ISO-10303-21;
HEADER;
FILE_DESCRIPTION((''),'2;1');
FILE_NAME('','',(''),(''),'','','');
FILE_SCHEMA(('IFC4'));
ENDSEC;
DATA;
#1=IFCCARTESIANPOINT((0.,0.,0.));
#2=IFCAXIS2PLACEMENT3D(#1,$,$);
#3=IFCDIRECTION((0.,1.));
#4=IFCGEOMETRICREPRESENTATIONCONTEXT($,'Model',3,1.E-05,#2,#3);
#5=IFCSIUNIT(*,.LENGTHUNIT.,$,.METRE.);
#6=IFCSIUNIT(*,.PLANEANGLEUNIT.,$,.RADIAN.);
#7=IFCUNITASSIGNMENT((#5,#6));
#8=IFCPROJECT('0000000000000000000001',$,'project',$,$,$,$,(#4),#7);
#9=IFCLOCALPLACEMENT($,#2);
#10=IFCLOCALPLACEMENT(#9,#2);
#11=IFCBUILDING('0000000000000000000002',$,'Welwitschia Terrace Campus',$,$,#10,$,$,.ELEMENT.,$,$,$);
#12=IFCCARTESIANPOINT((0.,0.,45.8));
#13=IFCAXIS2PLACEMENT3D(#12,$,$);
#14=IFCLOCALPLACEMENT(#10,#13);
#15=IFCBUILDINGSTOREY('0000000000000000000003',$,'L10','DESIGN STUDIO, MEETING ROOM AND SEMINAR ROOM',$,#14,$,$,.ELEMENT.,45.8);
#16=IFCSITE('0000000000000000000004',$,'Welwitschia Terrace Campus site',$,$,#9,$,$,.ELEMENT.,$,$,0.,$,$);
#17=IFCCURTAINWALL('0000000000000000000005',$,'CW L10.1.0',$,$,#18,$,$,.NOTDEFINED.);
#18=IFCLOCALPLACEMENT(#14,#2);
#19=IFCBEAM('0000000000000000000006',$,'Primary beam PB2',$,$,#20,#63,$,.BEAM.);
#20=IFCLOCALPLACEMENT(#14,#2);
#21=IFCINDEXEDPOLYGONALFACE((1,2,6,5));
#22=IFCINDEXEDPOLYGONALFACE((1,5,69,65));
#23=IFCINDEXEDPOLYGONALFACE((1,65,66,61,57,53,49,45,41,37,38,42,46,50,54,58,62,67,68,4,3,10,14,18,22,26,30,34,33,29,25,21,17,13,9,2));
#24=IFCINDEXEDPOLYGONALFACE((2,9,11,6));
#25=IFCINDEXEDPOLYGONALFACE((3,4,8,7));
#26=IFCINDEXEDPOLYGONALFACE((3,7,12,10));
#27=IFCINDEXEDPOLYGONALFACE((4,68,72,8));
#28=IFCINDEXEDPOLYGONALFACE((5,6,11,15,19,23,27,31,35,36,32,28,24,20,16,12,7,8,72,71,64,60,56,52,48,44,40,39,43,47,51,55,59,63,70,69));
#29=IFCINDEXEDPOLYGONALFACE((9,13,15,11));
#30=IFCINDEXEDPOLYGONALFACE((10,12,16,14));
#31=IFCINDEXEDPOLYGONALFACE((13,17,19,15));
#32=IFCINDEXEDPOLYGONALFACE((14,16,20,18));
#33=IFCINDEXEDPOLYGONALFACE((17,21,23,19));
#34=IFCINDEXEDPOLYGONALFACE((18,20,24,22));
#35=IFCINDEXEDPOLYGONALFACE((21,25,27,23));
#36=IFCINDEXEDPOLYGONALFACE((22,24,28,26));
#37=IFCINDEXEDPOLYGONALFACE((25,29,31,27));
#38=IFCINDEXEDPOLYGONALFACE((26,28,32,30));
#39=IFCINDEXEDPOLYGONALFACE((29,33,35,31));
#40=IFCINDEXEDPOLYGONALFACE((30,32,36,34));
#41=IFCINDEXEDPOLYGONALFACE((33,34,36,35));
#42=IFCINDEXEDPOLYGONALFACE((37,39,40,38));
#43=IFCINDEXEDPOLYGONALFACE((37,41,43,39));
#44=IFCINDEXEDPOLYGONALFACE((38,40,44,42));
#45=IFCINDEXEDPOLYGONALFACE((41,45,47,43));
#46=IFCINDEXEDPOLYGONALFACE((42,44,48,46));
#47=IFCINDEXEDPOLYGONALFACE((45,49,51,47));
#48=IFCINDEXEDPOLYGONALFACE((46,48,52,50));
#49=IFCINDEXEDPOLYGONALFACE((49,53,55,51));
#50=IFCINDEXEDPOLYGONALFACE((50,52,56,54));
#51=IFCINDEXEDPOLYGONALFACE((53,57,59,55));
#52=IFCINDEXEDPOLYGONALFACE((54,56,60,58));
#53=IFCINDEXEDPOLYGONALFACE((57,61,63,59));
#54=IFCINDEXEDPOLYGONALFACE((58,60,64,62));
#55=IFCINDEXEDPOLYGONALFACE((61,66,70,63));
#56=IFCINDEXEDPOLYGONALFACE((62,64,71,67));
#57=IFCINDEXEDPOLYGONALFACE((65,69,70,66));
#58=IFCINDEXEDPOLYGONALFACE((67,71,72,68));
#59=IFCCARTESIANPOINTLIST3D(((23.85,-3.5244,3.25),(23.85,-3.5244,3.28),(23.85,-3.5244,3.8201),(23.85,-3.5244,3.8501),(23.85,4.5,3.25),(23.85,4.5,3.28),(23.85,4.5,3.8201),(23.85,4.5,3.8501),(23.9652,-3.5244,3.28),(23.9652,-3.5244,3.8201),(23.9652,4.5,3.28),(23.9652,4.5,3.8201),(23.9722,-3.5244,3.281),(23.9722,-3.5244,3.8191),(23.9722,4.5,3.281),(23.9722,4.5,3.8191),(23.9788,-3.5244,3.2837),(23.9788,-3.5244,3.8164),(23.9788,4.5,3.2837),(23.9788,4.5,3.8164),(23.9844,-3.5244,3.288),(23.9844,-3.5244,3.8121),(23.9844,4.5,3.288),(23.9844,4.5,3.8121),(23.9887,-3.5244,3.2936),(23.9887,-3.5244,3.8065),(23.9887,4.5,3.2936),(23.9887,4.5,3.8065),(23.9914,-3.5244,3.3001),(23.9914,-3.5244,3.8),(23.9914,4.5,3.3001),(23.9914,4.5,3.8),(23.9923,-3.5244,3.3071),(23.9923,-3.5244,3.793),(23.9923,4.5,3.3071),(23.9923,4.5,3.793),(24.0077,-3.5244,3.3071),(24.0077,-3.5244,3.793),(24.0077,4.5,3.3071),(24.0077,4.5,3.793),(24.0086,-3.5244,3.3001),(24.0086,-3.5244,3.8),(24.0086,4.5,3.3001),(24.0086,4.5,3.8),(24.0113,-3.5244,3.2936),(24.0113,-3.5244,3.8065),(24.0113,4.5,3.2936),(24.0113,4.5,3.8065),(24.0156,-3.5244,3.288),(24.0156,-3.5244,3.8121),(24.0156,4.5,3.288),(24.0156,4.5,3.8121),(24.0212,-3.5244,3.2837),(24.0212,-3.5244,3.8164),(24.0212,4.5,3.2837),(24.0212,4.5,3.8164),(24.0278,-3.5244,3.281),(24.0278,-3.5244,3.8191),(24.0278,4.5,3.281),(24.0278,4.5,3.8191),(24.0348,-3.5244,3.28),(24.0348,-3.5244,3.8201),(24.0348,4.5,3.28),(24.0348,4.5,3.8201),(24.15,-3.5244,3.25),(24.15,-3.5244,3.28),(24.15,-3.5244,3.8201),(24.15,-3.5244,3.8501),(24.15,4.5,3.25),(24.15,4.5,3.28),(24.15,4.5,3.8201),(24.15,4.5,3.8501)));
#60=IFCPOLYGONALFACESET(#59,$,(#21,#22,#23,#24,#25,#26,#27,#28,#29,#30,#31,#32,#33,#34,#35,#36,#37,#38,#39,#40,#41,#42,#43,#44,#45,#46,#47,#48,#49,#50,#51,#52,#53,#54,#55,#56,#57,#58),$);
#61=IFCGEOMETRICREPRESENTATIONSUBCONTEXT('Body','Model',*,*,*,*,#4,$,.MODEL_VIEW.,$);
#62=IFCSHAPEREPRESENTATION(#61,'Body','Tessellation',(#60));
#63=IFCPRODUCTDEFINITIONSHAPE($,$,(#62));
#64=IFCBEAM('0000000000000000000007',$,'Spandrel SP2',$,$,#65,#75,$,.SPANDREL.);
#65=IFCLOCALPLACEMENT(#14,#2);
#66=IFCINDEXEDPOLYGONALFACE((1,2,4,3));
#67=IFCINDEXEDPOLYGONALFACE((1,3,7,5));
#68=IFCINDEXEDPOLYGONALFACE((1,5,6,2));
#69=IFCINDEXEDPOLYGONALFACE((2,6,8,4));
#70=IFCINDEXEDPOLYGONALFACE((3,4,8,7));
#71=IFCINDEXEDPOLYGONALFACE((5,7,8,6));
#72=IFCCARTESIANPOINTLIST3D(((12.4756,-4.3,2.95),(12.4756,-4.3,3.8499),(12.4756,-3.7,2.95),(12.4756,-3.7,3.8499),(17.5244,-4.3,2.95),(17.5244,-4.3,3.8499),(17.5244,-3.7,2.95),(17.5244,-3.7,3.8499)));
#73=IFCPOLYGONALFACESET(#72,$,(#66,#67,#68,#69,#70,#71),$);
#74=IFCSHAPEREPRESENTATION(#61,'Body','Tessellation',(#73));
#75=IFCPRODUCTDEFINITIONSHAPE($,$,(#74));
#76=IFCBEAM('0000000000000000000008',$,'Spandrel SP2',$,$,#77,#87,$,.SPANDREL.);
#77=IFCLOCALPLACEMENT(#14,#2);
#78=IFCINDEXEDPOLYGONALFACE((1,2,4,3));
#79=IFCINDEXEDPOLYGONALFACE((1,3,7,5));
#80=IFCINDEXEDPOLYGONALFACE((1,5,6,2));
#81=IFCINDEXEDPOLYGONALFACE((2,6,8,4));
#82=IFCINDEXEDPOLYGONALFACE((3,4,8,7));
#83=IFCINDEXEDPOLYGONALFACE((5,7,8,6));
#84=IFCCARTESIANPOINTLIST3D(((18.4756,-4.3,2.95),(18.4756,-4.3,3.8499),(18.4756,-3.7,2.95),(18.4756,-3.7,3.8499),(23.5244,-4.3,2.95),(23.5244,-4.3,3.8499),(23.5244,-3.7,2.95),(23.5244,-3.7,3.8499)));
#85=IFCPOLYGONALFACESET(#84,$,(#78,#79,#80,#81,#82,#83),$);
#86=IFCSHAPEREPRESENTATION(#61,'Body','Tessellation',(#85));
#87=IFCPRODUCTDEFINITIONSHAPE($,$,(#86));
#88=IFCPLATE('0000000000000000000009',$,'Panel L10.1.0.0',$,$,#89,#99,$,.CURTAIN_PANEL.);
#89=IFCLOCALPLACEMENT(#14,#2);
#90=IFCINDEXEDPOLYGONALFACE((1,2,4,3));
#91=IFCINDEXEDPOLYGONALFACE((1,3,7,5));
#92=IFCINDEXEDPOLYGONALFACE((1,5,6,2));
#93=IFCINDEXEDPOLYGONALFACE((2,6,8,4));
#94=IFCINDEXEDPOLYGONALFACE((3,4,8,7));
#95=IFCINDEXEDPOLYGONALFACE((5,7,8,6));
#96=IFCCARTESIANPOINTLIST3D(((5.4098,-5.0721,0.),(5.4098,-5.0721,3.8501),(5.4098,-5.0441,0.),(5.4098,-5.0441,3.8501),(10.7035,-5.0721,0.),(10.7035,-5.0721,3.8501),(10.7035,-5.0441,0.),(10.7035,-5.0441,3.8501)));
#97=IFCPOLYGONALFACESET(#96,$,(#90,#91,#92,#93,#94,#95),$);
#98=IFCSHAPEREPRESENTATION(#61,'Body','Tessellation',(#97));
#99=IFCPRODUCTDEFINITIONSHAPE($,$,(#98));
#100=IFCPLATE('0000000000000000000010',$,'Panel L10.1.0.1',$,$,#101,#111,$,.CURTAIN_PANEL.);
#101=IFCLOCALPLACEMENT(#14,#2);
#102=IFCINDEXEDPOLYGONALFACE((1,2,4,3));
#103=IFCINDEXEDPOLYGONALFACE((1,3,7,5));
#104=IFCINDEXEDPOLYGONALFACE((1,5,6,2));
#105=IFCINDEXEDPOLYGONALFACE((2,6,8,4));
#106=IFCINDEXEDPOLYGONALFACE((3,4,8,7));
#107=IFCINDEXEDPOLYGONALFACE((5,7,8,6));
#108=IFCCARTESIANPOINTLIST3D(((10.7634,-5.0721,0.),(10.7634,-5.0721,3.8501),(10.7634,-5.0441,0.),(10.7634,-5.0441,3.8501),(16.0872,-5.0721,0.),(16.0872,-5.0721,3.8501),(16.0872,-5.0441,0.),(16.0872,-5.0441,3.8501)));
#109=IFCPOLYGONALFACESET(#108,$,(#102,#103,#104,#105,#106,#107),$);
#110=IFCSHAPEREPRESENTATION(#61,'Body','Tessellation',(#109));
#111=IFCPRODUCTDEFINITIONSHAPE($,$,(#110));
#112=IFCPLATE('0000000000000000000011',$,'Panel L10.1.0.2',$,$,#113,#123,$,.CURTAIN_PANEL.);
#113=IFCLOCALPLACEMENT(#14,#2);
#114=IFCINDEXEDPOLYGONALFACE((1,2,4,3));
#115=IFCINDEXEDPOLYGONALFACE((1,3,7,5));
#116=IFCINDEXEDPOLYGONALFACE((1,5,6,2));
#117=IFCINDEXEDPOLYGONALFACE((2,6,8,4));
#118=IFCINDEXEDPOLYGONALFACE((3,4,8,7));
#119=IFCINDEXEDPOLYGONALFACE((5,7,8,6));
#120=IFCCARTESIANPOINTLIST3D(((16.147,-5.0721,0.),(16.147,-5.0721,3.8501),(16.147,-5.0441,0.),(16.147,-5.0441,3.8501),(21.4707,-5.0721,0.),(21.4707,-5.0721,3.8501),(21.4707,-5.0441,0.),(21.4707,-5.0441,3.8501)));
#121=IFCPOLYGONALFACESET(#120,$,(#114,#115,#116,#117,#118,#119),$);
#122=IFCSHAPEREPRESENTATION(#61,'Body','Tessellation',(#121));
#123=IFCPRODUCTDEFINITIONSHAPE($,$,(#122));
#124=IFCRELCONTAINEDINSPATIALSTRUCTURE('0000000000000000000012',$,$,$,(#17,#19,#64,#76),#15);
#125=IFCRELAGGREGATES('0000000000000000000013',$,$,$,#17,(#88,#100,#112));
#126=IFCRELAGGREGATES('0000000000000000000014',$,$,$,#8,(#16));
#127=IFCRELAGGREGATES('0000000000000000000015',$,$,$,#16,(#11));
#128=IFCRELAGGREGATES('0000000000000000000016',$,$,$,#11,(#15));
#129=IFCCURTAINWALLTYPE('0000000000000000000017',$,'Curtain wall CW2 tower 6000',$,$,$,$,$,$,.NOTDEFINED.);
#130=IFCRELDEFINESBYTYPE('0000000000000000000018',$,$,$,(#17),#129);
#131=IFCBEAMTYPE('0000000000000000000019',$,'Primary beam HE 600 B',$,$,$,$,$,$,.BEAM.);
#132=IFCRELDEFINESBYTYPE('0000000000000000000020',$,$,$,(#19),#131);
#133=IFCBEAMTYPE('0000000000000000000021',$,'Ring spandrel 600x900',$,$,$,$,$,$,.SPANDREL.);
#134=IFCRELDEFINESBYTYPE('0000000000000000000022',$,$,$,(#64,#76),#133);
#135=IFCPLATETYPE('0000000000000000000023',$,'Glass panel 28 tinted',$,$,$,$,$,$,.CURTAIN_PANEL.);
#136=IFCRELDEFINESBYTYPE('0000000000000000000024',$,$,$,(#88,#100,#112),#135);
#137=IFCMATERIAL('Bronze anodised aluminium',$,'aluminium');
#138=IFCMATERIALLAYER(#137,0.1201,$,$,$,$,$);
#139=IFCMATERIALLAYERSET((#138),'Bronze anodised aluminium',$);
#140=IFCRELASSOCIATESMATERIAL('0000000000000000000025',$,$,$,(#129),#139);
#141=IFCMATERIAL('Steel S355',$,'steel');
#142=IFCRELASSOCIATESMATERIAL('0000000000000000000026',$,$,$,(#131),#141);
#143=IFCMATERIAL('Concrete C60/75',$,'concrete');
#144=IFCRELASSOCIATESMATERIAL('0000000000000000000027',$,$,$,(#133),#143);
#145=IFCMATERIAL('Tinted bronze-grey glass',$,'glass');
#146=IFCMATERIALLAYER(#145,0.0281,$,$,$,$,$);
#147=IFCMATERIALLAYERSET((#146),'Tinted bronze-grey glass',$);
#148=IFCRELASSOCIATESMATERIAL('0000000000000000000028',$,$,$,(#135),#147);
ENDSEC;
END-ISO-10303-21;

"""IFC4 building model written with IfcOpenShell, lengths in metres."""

from ifc_helpers import new_model, si_unit, direction, frame, origin, origin_2d, place, context, subcontext, project, spatial, rectangle, i_section, extrude, material, layer, layer_set, material_profile, profile_set, type_object, element, aggregate, save


model = new_model("IFC4")

# Units and contexts
model_context = context("Model", 3, precision=1e-05, world=origin(), true_north=direction((0.0, 1.0)))
body_context = subcontext(model_context, "Body", "Model", "MODEL_VIEW")
ifc_project = project(units=[si_unit("LENGTHUNIT", "METRE"), si_unit("PLANEANGLEUNIT", "RADIAN")], contexts=[model_context])

# Site, building, storey
site_placement = place(None, origin())
site = spatial("IfcSite", under=ifc_project, at=site_placement, Name="Welwitschia Terrace Campus site", CompositionType="ELEMENT", RefElevation=0.0)
building_placement = place(site_placement, origin())
building = spatial("IfcBuilding", under=site, at=building_placement, Name="Welwitschia Terrace Campus", CompositionType="ELEMENT")
storey_placement = place(building_placement, frame((0.0, 0.0, 45.8)))
storey = spatial("IfcBuildingStorey", under=building, at=storey_placement, Name="L10", Description="DESIGN STUDIO, MEETING ROOM AND SEMINAR ROOM", CompositionType="ELEMENT", Elevation=45.8)

# Curtain wall
ifc_material_1 = material(Name="Bronze anodised aluminium", Category="aluminium")
ifc_layer_1 = layer(ifc_material_1, 0.1201)
ifc_layer_set_1 = layer_set([ifc_layer_1], Name="Bronze anodised aluminium")
curtain_wall_type = type_object("IfcCurtainWallType", Name="Curtain wall CW2 tower 6000", PredefinedType="NOTDEFINED", material=ifc_layer_set_1)
curtain_wall_placement = place(storey_placement, origin())
curtain_wall = element("IfcCurtainWall", 1, at=curtain_wall_placement, inside=storey, type_object=curtain_wall_type, Name="CW L10.1.0", PredefinedType="NOTDEFINED")

# Beams
ifc_material_2 = material(Name="Steel S355", Category="steel")
ifc_material_profile_1 = material_profile(ifc_material_2, i_section(OverallWidth=0.3, OverallDepth=0.6001, WebThickness=0.0154, FlangeThickness=0.03, FilletRadius=0.0271, at=origin_2d()))
ifc_profile_set_1 = profile_set([ifc_material_profile_1], Name="Steel S355")
beam_type_1 = type_object("IfcBeamType", Name="Primary beam HE 600 B", PredefinedType="BEAM", material=ifc_profile_set_1)
for number, where, z_axis, x_axis, name in (
    (2, (24.0, -3.5244, 3.55), (0.0, 1.0, 0.0), (-1.0, 0.0, 0.0), "Primary beam PB2"),
):
    element("IfcBeam", number, at=place(storey_placement, frame(where, z_axis=z_axis, x_axis=x_axis)), inside=storey, type_object=beam_type_1, Name=name, PredefinedType="BEAM", context=body_context, shape_type="SweptSolid", body=[
        extrude(i_section(OverallWidth=0.3, OverallDepth=0.6001, WebThickness=0.0154, FlangeThickness=0.03, FilletRadius=0.0271, at=origin_2d()), origin(), (0.0, 0.0, 1.0), 8.0244),
    ])
ifc_material_3 = material(Name="Concrete C60/75", Category="concrete")
ifc_material_profile_2 = material_profile(ifc_material_3, rectangle(XDim=0.6001, YDim=0.8999, at=origin_2d()))
ifc_profile_set_2 = profile_set([ifc_material_profile_2], Name="Concrete C60/75")
beam_type_2 = type_object("IfcBeamType", Name="Ring spandrel 600x900", PredefinedType="SPANDREL", material=ifc_profile_set_2)
for number, where, z_axis, x_axis, name in (
    (3, (12.4756, -4.0, 3.3999), (1.0, 0.0, 0.0), (0.0, 1.0, 0.0), "Spandrel SP2"),
    (4, (18.4756, -4.0, 3.3999), (1.0, 0.0, 0.0), (0.0, 1.0, 0.0), "Spandrel SP2"),
):
    element("IfcBeam", number, at=place(storey_placement, frame(where, z_axis=z_axis, x_axis=x_axis)), inside=storey, type_object=beam_type_2, Name=name, PredefinedType="SPANDREL", context=body_context, shape_type="SweptSolid", body=[
        extrude(rectangle(XDim=0.6001, YDim=0.8999, at=origin_2d()), origin(), (0.0, 0.0, 1.0), 5.0488),
    ])

# Plates
ifc_material_4 = material(Name="Tinted bronze-grey glass", Category="glass")
ifc_layer_2 = layer(ifc_material_4, 0.0281)
ifc_layer_set_2 = layer_set([ifc_layer_2], Name="Tinted bronze-grey glass")
plate_type = type_object("IfcPlateType", Name="Glass panel 28 tinted", PredefinedType="CURTAIN_PANEL", material=ifc_layer_set_2)
plate_1_placement = place(storey_placement, frame((8.0566, -5.0581, 0.0), z_axis=(0.0, 0.0, 1.0), x_axis=(1.0, 0.0, 0.0)))
plate_1 = element("IfcPlate", 5, at=plate_1_placement, type_object=plate_type, Name="Panel L10.1.0.0", PredefinedType="CURTAIN_PANEL", context=body_context, shape_type="SweptSolid", body=[
    extrude(rectangle(XDim=5.2937, YDim=0.0281, at=origin_2d()), origin(), (0.0, 0.0, 1.0), 3.8501),
])
plate_2_placement = place(storey_placement, frame((13.4253, -5.0581, 0.0), z_axis=(0.0, 0.0, 1.0), x_axis=(1.0, 0.0, 0.0)))
plate_2 = element("IfcPlate", 6, at=plate_2_placement, type_object=plate_type, Name="Panel L10.1.0.1", PredefinedType="CURTAIN_PANEL", context=body_context, shape_type="SweptSolid", body=[
    extrude(rectangle(XDim=5.3237, YDim=0.0281, at=origin_2d()), origin(), (0.0, 0.0, 1.0), 3.8501),
])
plate_3_placement = place(storey_placement, frame((18.8088, -5.0581, 0.0), z_axis=(0.0, 0.0, 1.0), x_axis=(1.0, 0.0, 0.0)))
plate_3 = element("IfcPlate", 7, at=plate_3_placement, type_object=plate_type, Name="Panel L10.1.0.2", PredefinedType="CURTAIN_PANEL", context=body_context, shape_type="SweptSolid", body=[
    extrude(rectangle(XDim=5.3237, YDim=0.0281, at=origin_2d()), origin(), (0.0, 0.0, 1.0), 3.8501),
])
aggregate(curtain_wall, [plate_1, plate_2, plate_3])

save(model, "model.ifc")
